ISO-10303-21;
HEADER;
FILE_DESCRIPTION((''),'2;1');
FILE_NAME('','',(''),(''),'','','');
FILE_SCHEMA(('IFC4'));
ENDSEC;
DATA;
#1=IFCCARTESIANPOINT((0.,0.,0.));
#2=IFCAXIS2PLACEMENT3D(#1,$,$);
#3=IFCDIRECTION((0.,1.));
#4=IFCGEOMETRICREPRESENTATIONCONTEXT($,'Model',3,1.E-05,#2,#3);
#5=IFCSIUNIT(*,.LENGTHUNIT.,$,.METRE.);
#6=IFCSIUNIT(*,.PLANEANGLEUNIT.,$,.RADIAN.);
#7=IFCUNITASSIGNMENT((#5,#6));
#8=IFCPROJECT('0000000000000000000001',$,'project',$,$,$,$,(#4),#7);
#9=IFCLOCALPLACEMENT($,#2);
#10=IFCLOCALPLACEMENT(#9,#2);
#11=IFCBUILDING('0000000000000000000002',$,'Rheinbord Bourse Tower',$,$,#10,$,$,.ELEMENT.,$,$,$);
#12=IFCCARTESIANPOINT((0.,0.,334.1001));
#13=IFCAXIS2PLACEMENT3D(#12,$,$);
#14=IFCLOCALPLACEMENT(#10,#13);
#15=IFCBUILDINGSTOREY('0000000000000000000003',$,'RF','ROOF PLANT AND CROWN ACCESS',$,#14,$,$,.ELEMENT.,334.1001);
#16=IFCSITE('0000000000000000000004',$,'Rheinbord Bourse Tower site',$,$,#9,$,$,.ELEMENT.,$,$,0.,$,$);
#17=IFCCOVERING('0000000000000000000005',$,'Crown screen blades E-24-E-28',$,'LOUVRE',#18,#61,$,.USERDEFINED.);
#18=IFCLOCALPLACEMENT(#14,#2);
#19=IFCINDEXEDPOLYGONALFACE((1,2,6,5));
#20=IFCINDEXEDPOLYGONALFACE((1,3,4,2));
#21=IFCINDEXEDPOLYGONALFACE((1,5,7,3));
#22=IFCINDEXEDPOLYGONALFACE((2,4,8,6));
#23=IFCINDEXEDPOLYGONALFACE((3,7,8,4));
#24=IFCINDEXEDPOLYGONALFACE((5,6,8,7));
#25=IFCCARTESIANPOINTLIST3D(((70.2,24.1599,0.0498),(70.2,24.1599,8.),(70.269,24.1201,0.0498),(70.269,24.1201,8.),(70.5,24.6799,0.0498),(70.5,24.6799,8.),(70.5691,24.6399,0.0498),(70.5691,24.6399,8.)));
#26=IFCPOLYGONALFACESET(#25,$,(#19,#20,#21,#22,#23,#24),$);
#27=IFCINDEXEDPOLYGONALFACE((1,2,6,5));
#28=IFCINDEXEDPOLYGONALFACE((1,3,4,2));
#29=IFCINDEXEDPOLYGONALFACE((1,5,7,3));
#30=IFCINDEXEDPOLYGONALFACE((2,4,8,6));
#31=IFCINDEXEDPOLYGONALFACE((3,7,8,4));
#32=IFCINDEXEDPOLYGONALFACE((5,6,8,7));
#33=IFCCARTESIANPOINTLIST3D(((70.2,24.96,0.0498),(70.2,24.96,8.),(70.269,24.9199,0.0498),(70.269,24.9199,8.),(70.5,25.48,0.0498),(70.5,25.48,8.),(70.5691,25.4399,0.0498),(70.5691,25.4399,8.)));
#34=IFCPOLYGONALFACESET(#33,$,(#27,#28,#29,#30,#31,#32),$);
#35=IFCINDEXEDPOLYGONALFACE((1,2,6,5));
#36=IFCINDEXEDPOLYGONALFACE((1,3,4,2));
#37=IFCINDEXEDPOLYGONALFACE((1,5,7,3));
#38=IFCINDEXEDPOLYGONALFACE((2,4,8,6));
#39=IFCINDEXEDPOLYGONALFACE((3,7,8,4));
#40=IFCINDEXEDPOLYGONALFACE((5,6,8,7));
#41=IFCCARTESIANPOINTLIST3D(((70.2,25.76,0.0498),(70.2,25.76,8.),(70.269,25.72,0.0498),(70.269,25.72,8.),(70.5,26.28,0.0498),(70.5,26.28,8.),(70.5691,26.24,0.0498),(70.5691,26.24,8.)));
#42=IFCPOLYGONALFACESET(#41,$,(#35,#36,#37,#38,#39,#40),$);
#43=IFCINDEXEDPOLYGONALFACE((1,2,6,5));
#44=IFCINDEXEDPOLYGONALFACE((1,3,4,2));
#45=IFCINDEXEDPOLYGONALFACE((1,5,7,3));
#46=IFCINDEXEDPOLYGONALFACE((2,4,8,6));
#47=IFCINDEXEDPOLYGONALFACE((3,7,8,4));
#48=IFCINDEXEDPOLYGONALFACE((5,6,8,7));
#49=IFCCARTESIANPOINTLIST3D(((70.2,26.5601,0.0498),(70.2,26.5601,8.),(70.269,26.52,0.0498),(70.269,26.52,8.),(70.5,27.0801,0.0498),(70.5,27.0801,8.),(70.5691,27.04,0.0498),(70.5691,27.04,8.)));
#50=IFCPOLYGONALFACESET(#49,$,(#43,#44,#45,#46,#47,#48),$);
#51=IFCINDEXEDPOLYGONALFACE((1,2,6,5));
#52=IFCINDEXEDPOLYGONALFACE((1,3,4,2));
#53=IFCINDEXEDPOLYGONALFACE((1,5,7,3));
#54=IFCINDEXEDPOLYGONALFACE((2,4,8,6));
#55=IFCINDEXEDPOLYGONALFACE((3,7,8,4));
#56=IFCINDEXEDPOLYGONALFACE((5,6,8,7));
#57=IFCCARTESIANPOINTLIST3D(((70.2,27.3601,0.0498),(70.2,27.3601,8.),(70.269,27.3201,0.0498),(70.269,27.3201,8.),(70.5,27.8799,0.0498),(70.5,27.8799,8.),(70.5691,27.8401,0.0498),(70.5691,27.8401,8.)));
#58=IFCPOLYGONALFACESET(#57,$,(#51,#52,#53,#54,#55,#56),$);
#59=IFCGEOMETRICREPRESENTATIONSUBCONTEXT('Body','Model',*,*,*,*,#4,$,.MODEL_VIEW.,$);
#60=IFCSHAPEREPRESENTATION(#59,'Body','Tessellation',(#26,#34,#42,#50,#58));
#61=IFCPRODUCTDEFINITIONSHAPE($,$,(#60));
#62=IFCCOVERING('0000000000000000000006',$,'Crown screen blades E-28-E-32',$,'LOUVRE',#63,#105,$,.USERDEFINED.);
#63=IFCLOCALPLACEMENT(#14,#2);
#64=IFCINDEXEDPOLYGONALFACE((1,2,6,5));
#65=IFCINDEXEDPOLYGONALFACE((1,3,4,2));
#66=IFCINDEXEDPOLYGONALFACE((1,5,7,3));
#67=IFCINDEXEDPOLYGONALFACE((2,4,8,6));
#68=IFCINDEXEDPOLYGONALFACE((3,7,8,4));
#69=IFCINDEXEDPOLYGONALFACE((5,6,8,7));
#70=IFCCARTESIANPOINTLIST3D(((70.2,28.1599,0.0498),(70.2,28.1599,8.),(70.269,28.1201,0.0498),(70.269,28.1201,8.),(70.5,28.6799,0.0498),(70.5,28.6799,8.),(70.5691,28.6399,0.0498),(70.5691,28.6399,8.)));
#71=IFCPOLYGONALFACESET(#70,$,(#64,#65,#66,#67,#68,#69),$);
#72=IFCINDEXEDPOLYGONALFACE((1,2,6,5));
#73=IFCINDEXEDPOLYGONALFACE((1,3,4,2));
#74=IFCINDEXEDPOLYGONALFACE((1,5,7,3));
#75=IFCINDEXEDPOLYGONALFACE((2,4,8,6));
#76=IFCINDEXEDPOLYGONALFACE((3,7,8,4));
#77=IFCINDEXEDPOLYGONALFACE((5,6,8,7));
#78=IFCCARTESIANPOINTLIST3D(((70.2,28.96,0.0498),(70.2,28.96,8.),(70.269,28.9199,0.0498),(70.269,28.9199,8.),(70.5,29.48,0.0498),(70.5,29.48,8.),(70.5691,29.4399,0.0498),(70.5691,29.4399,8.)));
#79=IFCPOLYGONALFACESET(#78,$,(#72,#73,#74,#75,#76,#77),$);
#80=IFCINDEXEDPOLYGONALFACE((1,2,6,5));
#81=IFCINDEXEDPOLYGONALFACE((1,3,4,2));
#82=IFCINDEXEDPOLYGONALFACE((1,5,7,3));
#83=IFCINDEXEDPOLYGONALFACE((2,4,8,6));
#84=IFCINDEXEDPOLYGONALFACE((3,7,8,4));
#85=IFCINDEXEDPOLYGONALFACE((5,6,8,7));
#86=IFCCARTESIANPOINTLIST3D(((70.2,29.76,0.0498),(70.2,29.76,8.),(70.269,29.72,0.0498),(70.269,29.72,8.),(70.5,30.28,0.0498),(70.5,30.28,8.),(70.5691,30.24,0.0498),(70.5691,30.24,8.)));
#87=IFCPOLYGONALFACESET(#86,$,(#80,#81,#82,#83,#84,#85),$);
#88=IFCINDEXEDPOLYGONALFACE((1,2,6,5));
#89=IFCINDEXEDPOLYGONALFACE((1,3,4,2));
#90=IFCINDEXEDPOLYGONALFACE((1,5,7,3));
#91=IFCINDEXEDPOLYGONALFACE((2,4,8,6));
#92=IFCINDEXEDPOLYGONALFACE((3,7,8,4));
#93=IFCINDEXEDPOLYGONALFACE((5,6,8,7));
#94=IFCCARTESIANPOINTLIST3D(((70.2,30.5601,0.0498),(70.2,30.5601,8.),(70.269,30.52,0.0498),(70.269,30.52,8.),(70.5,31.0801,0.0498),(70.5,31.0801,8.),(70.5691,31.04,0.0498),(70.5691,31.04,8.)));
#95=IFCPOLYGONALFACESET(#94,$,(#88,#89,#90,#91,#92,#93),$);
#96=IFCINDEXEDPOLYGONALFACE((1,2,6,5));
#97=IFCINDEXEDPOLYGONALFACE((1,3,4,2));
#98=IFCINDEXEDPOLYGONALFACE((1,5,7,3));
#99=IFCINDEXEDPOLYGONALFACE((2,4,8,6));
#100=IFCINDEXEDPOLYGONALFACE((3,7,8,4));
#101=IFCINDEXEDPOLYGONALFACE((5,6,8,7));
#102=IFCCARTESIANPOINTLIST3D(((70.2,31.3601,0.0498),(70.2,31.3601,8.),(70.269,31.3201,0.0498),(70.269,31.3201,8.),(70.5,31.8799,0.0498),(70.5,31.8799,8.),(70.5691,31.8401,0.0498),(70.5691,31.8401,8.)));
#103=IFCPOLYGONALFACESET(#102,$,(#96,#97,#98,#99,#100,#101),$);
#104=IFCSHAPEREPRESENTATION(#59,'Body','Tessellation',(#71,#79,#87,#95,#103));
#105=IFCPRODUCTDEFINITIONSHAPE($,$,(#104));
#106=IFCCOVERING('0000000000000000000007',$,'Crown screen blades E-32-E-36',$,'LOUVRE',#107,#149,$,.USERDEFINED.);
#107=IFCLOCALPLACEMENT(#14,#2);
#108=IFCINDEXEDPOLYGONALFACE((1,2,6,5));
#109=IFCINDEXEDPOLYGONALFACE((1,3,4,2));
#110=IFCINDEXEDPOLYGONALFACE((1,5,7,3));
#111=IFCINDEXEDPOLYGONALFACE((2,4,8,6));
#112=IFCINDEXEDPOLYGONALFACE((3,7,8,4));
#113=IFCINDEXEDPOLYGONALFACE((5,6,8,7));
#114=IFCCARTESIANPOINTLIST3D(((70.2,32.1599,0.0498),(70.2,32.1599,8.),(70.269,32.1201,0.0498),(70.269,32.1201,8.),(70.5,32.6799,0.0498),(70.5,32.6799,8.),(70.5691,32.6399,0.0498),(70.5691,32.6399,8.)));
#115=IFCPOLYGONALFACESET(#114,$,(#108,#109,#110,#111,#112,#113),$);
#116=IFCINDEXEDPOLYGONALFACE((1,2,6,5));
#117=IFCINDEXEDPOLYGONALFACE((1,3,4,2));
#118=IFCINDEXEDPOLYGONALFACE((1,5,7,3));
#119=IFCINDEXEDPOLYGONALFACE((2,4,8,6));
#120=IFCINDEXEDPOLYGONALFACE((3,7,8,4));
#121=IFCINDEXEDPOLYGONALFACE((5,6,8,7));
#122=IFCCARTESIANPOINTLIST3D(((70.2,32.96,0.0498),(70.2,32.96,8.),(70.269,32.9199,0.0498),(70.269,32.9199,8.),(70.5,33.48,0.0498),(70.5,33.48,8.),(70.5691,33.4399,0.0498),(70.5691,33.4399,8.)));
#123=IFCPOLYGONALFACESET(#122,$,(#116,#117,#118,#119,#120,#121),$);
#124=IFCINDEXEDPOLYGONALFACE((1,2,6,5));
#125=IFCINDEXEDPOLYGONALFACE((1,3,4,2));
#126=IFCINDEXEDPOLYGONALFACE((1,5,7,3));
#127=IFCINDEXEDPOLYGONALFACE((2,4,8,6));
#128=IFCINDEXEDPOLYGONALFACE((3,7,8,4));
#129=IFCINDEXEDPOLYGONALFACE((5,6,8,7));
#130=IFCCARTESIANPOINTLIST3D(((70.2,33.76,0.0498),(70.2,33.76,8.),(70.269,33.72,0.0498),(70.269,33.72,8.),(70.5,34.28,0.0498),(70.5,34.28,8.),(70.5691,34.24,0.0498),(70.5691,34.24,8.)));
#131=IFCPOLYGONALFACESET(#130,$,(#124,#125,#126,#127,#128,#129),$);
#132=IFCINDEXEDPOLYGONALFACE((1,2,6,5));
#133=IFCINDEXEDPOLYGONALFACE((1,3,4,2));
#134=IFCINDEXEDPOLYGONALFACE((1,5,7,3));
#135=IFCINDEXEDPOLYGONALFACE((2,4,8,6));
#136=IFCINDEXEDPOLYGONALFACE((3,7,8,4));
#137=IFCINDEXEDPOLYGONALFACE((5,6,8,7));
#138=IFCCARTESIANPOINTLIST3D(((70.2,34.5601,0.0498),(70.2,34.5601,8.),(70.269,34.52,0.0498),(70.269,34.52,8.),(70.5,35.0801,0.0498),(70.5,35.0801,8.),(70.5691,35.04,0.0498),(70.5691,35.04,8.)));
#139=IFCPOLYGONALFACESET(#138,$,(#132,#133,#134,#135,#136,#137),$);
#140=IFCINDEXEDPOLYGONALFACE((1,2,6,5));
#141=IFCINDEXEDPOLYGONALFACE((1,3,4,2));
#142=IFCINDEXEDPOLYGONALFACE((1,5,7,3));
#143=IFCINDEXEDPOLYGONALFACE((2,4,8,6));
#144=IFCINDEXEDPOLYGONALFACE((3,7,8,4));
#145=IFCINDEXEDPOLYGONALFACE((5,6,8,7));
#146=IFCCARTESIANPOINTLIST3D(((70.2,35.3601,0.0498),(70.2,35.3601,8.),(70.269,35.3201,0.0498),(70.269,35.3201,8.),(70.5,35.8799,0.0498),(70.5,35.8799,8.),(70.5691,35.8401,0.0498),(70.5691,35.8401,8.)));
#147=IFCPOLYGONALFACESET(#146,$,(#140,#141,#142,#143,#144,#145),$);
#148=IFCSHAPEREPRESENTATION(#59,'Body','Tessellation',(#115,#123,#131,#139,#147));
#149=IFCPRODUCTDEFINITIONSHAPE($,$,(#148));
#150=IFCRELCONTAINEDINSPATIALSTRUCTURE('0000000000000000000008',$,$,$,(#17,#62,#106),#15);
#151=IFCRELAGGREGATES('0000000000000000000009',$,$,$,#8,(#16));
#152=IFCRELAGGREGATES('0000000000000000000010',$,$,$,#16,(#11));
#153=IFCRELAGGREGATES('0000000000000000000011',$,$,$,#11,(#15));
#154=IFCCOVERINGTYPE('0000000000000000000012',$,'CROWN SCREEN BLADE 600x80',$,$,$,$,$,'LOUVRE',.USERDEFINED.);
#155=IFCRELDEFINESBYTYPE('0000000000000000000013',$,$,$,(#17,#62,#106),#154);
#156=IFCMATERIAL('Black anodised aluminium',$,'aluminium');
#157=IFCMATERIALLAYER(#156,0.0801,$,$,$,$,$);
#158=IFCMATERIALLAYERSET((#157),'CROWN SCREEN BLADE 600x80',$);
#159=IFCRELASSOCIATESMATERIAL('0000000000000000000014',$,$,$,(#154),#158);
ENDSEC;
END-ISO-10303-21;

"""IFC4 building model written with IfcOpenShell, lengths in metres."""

from ifc_helpers import new_model, si_unit, direction, frame, origin, place, context, subcontext, project, spatial, polyline, outline, extrude, material, layer, layer_set, type_object, element, save


model = new_model("IFC4")

# Units and contexts
model_context = context("Model", 3, precision=1e-05, world=origin(), true_north=direction((0.0, 1.0)))
body_context = subcontext(model_context, "Body", "Model", "MODEL_VIEW")
ifc_project = project(units=[si_unit("LENGTHUNIT", "METRE"), si_unit("PLANEANGLEUNIT", "RADIAN")], contexts=[model_context])

# Site, building, storey
site_placement = place(None, origin())
site = spatial("IfcSite", under=ifc_project, at=site_placement, Name="Rheinbord Bourse Tower site", CompositionType="ELEMENT", RefElevation=0.0)
building_placement = place(site_placement, origin())
building = spatial("IfcBuilding", under=site, at=building_placement, Name="Rheinbord Bourse Tower", CompositionType="ELEMENT")
storey_placement = place(building_placement, frame((0.0, 0.0, 334.1001)))
storey = spatial("IfcBuildingStorey", under=building, at=storey_placement, Name="RF", Description="ROOF PLANT AND CROWN ACCESS", CompositionType="ELEMENT", Elevation=334.1001)

# Coverings
ifc_material = material(Name="Black anodised aluminium", Category="aluminium")
ifc_layer = layer(ifc_material, 0.0801)
ifc_layer_set = layer_set([ifc_layer], Name="CROWN SCREEN BLADE 600x80")
covering_type = type_object("IfcCoveringType", Name="CROWN SCREEN BLADE 600x80", ElementType="LOUVRE", PredefinedType="USERDEFINED", material=ifc_layer_set)
covering_1_placement = place(storey_placement, frame((0.0, 0.0, 0.0498)))
element("IfcCovering", 1, at=covering_1_placement, inside=storey, type_object=covering_type, Name="Crown screen blades E-24-E-28", ObjectType="LOUVRE", PredefinedType="USERDEFINED", context=body_context, shape_type="SweptSolid", body=[
    extrude(outline(polyline([(70.2, 24.1599), (70.5, 24.6799), (70.5691, 24.6399), (70.269, 24.1201), (70.2, 24.1599)])), origin(), (0.0, 0.0, 1.0), 7.9502),
    extrude(outline(polyline([(70.2, 24.96), (70.5, 25.48), (70.5691, 25.4399), (70.269, 24.9199), (70.2, 24.96)])), origin(), (0.0, 0.0, 1.0), 7.9502),
    extrude(outline(polyline([(70.2, 25.76), (70.5, 26.28), (70.5691, 26.24), (70.269, 25.72), (70.2, 25.76)])), origin(), (0.0, 0.0, 1.0), 7.9502),
    extrude(outline(polyline([(70.2, 26.5601), (70.5, 27.0801), (70.5691, 27.04), (70.269, 26.52), (70.2, 26.5601)])), origin(), (0.0, 0.0, 1.0), 7.9502),
    extrude(outline(polyline([(70.2, 27.3601), (70.5, 27.8799), (70.5691, 27.8401), (70.269, 27.3201), (70.2, 27.3601)])), origin(), (0.0, 0.0, 1.0), 7.9502),
])
covering_2_placement = place(storey_placement, frame((0.0, 0.0, 0.0498)))
element("IfcCovering", 2, at=covering_2_placement, inside=storey, type_object=covering_type, Name="Crown screen blades E-28-E-32", ObjectType="LOUVRE", PredefinedType="USERDEFINED", context=body_context, shape_type="SweptSolid", body=[
    extrude(outline(polyline([(70.2, 28.1599), (70.5, 28.6799), (70.5691, 28.6399), (70.269, 28.1201), (70.2, 28.1599)])), origin(), (0.0, 0.0, 1.0), 7.9502),
    extrude(outline(polyline([(70.2, 28.96), (70.5, 29.48), (70.5691, 29.4399), (70.269, 28.9199), (70.2, 28.96)])), origin(), (0.0, 0.0, 1.0), 7.9502),
    extrude(outline(polyline([(70.2, 29.76), (70.5, 30.28), (70.5691, 30.24), (70.269, 29.72), (70.2, 29.76)])), origin(), (0.0, 0.0, 1.0), 7.9502),
    extrude(outline(polyline([(70.2, 30.5601), (70.5, 31.0801), (70.5691, 31.04), (70.269, 30.52), (70.2, 30.5601)])), origin(), (0.0, 0.0, 1.0), 7.9502),
    extrude(outline(polyline([(70.2, 31.3601), (70.5, 31.8799), (70.5691, 31.8401), (70.269, 31.3201), (70.2, 31.3601)])), origin(), (0.0, 0.0, 1.0), 7.9502),
])
covering_3_placement = place(storey_placement, frame((0.0, 0.0, 0.0498)))
element("IfcCovering", 3, at=covering_3_placement, inside=storey, type_object=covering_type, Name="Crown screen blades E-32-E-36", ObjectType="LOUVRE", PredefinedType="USERDEFINED", context=body_context, shape_type="SweptSolid", body=[
    extrude(outline(polyline([(70.2, 32.1599), (70.5, 32.6799), (70.5691, 32.6399), (70.269, 32.1201), (70.2, 32.1599)])), origin(), (0.0, 0.0, 1.0), 7.9502),
    extrude(outline(polyline([(70.2, 32.96), (70.5, 33.48), (70.5691, 33.4399), (70.269, 32.9199), (70.2, 32.96)])), origin(), (0.0, 0.0, 1.0), 7.9502),
    extrude(outline(polyline([(70.2, 33.76), (70.5, 34.28), (70.5691, 34.24), (70.269, 33.72), (70.2, 33.76)])), origin(), (0.0, 0.0, 1.0), 7.9502),
    extrude(outline(polyline([(70.2, 34.5601), (70.5, 35.0801), (70.5691, 35.04), (70.269, 34.52), (70.2, 34.5601)])), origin(), (0.0, 0.0, 1.0), 7.9502),
    extrude(outline(polyline([(70.2, 35.3601), (70.5, 35.8799), (70.5691, 35.8401), (70.269, 35.3201), (70.2, 35.3601)])), origin(), (0.0, 0.0, 1.0), 7.9502),
])

save(model, "model.ifc")
